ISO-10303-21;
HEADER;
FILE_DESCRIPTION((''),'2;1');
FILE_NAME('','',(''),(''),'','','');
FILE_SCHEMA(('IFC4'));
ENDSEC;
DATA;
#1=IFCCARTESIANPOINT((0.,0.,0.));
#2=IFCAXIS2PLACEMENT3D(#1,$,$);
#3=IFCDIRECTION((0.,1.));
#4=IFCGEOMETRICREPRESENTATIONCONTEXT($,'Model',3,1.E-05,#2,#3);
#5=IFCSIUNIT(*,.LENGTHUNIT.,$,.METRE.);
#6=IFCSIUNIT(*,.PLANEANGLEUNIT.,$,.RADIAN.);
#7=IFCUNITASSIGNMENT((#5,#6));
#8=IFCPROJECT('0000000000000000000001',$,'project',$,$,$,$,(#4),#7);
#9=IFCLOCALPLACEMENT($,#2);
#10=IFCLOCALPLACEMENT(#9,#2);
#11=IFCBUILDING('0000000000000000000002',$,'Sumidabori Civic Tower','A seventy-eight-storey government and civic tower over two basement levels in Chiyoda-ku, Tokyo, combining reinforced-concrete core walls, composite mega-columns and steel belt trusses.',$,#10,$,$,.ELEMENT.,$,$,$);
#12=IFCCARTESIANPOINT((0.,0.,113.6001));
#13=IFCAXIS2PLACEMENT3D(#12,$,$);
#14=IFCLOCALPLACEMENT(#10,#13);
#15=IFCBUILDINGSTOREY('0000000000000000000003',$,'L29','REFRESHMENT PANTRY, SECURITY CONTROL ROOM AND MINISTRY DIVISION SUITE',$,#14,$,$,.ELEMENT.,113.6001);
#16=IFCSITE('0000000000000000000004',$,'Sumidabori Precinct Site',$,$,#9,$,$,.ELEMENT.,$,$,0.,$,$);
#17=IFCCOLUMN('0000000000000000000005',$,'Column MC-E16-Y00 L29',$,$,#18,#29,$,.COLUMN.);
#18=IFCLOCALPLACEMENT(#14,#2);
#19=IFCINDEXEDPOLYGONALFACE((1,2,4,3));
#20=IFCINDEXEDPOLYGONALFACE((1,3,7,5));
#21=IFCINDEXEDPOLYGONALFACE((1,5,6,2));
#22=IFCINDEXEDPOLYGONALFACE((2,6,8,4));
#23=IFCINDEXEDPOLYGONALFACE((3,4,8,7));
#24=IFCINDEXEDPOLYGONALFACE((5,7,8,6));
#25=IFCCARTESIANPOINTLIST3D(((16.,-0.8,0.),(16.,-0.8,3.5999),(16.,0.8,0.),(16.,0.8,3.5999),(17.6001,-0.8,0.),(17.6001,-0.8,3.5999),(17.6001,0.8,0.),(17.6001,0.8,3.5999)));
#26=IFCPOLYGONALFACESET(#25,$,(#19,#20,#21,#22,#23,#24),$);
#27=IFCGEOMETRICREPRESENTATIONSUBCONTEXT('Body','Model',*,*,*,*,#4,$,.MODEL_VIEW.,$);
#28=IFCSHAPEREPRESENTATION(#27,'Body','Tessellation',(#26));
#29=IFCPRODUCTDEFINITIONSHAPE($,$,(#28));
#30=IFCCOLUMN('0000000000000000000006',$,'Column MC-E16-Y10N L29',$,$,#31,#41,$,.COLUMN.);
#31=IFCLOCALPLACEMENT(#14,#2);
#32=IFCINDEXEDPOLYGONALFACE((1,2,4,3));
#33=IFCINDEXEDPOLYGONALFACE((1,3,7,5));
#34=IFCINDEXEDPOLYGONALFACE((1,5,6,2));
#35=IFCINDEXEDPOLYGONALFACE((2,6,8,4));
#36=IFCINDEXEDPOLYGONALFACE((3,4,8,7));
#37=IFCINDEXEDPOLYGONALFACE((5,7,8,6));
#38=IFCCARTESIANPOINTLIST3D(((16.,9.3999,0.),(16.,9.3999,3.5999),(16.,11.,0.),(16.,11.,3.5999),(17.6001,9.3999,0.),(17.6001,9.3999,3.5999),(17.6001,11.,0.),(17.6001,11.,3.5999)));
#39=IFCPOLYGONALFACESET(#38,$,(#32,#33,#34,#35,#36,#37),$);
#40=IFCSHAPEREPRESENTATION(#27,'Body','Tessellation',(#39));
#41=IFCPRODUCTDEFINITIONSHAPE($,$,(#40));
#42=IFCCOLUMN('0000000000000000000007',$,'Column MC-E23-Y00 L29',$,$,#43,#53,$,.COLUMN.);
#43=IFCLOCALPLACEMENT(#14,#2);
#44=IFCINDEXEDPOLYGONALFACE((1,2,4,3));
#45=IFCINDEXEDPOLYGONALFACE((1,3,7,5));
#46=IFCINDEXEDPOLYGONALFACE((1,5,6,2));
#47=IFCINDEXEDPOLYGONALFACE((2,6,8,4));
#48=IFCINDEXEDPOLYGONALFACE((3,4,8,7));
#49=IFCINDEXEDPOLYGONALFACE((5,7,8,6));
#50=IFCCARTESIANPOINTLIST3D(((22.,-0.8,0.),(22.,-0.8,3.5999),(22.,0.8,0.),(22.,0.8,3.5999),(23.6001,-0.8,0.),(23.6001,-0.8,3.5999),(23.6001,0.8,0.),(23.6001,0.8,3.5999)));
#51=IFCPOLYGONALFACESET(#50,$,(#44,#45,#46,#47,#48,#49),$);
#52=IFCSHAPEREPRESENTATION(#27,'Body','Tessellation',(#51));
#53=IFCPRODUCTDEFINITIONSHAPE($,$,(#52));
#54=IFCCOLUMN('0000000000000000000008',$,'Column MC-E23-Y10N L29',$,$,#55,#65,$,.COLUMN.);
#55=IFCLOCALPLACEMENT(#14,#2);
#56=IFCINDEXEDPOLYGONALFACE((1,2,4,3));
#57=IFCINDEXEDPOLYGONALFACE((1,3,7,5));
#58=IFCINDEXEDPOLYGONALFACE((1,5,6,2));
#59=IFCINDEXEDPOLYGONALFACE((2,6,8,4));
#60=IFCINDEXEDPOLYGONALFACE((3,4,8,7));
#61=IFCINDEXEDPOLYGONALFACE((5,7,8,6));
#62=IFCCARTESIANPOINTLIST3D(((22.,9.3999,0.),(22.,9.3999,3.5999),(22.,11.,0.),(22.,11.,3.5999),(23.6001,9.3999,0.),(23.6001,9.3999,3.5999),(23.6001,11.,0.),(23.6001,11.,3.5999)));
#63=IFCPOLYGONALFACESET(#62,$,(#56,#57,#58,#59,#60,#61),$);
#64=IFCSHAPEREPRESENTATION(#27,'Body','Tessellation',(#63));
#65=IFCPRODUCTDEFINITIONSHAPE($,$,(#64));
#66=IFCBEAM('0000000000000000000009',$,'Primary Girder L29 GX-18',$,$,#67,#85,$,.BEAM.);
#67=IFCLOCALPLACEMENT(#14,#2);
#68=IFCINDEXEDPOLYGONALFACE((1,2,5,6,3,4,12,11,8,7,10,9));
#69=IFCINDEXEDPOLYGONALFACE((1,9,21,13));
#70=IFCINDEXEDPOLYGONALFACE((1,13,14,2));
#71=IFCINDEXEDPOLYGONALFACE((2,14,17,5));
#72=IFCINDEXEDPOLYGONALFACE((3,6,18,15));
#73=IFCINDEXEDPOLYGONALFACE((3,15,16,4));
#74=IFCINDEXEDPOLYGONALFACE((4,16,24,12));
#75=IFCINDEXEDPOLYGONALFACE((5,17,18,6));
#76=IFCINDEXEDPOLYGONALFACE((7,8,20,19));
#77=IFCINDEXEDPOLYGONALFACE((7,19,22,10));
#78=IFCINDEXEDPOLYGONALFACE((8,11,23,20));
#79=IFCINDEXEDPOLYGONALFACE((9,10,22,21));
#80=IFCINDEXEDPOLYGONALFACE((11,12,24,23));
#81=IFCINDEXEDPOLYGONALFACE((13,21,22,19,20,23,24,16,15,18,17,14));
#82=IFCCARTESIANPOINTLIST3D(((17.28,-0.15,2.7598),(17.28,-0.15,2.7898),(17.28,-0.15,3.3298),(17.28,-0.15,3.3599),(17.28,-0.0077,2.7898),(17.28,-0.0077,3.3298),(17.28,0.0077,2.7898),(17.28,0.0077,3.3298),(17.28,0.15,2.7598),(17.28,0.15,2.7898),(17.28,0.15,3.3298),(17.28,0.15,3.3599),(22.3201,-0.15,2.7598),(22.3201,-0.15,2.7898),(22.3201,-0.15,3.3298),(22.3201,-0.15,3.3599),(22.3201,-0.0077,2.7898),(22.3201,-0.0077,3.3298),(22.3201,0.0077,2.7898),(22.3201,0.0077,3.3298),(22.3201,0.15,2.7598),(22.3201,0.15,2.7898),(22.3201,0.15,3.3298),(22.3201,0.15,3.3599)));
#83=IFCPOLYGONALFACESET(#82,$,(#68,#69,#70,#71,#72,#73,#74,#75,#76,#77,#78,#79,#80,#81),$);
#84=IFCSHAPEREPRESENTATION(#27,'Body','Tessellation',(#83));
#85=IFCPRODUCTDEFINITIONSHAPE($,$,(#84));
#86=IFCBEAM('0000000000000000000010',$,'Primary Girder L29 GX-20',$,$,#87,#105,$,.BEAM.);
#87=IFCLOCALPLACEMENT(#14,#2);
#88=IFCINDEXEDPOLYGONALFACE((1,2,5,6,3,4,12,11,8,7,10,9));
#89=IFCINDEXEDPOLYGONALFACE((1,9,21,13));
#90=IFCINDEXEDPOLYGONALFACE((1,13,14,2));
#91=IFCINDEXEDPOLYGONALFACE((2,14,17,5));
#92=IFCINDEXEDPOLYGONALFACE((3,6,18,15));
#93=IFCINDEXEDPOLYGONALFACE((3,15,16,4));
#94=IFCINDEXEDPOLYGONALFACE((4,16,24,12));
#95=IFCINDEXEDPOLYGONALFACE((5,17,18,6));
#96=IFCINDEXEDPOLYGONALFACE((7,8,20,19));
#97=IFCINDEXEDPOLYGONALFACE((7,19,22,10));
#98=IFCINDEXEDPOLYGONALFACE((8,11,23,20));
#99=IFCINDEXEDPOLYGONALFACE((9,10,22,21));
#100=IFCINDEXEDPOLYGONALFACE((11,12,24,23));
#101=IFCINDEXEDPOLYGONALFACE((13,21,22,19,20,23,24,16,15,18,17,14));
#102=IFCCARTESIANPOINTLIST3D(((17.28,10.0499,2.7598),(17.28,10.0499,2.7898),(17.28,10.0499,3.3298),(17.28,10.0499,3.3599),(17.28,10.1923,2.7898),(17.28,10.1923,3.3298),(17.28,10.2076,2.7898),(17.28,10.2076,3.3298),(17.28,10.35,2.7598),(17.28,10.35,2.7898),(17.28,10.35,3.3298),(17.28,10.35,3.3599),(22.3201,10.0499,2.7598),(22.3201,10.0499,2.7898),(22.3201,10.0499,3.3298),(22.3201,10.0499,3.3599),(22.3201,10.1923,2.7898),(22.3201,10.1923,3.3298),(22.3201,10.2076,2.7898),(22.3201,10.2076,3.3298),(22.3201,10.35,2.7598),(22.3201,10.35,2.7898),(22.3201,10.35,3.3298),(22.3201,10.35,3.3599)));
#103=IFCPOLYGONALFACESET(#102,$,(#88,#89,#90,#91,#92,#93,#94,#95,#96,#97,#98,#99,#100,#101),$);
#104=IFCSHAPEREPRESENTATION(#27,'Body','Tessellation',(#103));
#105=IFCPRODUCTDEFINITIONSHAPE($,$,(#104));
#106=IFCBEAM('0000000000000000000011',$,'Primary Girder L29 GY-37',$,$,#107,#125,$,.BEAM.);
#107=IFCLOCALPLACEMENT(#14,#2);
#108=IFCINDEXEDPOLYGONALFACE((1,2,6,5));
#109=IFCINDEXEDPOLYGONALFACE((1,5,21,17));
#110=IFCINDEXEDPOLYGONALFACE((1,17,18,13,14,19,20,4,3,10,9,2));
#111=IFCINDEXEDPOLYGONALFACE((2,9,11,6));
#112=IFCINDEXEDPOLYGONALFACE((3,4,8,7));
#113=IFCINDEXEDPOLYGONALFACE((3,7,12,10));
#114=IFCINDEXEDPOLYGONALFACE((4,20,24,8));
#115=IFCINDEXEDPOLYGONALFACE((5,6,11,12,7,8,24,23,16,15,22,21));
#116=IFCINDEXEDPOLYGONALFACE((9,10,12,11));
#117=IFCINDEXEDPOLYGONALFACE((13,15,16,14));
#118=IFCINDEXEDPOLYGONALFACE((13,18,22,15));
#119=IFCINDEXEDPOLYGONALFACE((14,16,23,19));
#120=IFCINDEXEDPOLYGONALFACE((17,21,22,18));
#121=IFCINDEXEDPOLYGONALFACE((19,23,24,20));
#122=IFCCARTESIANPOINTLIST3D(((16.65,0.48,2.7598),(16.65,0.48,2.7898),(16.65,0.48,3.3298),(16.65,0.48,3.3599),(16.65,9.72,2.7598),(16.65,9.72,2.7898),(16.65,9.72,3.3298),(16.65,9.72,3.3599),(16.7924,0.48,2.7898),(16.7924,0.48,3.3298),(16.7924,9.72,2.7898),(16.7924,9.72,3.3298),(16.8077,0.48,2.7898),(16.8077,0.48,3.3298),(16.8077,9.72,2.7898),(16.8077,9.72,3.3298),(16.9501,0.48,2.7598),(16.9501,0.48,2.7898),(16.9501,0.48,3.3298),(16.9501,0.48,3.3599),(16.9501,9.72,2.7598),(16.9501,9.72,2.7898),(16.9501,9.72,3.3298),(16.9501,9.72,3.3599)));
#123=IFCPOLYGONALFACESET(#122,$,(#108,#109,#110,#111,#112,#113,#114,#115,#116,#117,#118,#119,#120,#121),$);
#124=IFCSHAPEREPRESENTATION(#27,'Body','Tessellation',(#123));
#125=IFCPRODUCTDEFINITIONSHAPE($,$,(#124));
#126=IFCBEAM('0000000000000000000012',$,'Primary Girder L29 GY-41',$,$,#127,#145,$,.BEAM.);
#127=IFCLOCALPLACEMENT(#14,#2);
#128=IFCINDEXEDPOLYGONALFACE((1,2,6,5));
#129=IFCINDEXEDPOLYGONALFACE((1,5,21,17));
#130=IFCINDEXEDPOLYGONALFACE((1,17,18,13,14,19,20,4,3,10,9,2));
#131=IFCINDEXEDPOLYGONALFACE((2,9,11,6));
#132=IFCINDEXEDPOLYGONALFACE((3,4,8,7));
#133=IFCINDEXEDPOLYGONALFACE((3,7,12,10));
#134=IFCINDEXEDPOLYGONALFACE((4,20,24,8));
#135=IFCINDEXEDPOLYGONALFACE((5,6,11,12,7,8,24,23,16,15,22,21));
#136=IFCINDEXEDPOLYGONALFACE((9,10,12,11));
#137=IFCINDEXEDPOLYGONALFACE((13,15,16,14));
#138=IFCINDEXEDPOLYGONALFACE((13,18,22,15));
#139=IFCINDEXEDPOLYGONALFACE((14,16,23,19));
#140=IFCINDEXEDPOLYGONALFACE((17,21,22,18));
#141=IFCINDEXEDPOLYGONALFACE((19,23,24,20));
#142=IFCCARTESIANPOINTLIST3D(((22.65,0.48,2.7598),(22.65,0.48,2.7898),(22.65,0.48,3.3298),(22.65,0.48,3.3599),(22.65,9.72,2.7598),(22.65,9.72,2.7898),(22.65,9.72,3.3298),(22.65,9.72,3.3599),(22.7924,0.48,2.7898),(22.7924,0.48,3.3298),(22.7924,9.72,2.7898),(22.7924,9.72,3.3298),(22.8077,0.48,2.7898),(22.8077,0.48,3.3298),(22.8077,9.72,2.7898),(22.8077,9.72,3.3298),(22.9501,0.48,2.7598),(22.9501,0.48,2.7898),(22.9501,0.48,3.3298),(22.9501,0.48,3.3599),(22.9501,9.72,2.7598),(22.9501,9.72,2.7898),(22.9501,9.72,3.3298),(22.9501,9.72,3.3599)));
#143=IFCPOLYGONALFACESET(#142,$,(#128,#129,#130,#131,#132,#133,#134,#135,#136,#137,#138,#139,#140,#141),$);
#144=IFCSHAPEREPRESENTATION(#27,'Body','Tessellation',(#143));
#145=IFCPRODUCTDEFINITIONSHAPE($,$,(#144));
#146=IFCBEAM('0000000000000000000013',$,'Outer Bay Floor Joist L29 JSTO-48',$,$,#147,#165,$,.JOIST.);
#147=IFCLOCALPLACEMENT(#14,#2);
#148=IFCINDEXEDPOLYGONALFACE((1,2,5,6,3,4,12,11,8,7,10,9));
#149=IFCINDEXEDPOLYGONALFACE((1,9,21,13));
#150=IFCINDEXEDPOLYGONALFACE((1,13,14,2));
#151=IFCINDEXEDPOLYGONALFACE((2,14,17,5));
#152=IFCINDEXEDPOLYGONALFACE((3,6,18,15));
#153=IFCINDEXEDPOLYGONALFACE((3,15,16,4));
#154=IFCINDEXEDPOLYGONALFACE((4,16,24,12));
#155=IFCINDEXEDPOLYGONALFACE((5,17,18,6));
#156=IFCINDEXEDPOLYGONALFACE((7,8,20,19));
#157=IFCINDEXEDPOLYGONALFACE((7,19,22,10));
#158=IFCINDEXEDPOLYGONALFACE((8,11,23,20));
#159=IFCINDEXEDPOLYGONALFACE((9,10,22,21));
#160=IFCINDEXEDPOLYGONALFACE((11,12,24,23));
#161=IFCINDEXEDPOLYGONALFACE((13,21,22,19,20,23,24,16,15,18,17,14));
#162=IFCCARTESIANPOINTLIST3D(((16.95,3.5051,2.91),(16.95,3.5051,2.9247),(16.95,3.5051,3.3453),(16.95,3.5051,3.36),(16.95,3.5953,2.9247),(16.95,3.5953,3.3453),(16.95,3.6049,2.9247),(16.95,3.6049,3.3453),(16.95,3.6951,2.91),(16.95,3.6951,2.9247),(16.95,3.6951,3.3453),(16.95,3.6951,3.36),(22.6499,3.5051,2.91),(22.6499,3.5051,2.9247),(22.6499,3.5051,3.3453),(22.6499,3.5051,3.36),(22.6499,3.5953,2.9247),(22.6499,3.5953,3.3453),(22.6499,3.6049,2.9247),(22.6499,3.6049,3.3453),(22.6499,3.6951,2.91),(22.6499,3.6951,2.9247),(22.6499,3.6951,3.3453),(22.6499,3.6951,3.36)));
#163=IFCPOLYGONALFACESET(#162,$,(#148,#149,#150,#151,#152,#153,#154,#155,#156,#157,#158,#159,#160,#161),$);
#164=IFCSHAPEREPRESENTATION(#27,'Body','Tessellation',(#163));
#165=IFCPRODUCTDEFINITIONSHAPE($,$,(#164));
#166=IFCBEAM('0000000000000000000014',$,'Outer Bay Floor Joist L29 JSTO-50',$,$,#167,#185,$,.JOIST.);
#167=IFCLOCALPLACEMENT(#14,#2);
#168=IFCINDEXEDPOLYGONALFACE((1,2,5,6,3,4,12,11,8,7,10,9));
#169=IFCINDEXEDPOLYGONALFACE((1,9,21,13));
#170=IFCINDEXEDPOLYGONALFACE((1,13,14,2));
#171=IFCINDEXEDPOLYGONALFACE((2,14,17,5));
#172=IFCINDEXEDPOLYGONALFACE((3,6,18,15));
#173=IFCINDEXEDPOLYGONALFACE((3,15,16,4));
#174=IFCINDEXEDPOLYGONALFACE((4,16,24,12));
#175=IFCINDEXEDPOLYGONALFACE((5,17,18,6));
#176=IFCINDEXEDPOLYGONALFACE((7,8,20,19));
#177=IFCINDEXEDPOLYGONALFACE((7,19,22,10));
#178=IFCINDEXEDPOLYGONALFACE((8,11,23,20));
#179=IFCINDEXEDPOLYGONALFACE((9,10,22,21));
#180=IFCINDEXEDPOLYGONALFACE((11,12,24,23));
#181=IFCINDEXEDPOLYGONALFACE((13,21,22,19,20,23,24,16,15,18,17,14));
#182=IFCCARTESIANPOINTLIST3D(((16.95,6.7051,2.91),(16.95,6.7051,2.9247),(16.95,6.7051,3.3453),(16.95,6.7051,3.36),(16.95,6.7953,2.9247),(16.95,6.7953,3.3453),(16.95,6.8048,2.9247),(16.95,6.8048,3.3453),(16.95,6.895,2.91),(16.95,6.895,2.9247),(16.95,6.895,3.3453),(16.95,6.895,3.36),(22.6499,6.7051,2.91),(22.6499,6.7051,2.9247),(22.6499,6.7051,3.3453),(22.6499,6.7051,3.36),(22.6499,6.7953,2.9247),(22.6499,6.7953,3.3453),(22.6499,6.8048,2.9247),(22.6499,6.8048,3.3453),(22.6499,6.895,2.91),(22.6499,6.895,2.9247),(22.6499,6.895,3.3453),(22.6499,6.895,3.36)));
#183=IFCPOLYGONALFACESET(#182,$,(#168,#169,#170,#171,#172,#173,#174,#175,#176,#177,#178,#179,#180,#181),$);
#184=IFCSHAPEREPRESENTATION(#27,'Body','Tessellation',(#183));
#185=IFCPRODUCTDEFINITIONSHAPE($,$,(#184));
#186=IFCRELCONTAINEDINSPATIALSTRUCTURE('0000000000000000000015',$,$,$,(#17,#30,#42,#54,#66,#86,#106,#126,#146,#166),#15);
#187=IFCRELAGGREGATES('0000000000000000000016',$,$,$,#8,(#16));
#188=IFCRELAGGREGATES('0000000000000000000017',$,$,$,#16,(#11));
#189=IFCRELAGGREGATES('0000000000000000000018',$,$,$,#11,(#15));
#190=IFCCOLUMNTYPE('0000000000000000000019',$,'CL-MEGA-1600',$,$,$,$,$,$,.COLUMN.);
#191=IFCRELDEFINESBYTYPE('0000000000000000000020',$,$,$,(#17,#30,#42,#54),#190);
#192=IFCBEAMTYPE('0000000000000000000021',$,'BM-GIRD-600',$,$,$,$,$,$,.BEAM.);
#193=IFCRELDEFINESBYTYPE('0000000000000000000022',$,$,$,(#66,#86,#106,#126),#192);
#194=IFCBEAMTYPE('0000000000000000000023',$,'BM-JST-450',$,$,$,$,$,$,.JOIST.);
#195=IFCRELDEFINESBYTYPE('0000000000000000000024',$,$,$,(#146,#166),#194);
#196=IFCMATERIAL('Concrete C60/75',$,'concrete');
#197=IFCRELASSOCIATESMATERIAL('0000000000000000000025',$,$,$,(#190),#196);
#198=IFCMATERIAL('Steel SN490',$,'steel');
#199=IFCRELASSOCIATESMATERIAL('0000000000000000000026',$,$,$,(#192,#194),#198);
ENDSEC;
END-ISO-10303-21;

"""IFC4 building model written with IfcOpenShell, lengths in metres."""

from ifc_helpers import new_model, si_unit, direction, frame, origin, origin_2d, place, context, subcontext, project, spatial, rectangle, i_section, extrude, source, transform, mapped, material, material_profile, profile_set, type_object, element, save


model = new_model("IFC4")

# Units and contexts
model_context = context("Model", 3, precision=1e-05, world=origin(), true_north=direction((0.0, 1.0)))
body_context = subcontext(model_context, "Body", "Model", "MODEL_VIEW")
ifc_project = project(units=[si_unit("LENGTHUNIT", "METRE"), si_unit("PLANEANGLEUNIT", "RADIAN")], contexts=[model_context])

# Site, building, storey
site_placement = place(None, origin())
site = spatial("IfcSite", under=ifc_project, at=site_placement, Name="Sumidabori Precinct Site", CompositionType="ELEMENT", RefElevation=0.0)
building_placement = place(site_placement, origin())
building = spatial("IfcBuilding", under=site, at=building_placement, Name="Sumidabori Civic Tower", Description="A seventy-eight-storey government and civic tower over two basement levels in Chiyoda-ku, Tokyo, combining reinforced-concrete core walls, composite mega-columns and steel belt trusses.", CompositionType="ELEMENT")
storey_placement = place(building_placement, frame((0.0, 0.0, 113.6001)))
storey = spatial("IfcBuildingStorey", under=building, at=storey_placement, Name="L29", Description="REFRESHMENT PANTRY, SECURITY CONTROL ROOM AND MINISTRY DIVISION SUITE", CompositionType="ELEMENT", Elevation=113.6001)

# Columns
ifc_material_1 = material(Name="Concrete C60/75", Category="concrete")
ifc_material_profile_1 = material_profile(ifc_material_1, rectangle(XDim=1.6001, YDim=1.6001, at=origin_2d()), Name="RC 1600x1600")
ifc_profile_set_1 = profile_set([ifc_material_profile_1], Name="Concrete C60/75")
column_type = type_object("IfcColumnType", Name="CL-MEGA-1600", PredefinedType="COLUMN", material=ifc_profile_set_1)
shared_shape_1 = source(origin(), body_context, "Body", "SweptSolid", [
    extrude(rectangle(XDim=1.6001, YDim=1.6001, at=origin_2d()), origin(), (0.0, 0.0, 1.0), 3.5999),
])
for number, where, z_axis, x_axis, name in (
    (1, (16.8, 0.0, 0.0), (0.0, 0.0, 1.0), (1.0, 0.0, 0.0), "Column MC-E16-Y00 L29"),
    (2, (16.8, 10.2, 0.0), (0.0, 0.0, 1.0), (1.0, 0.0, 0.0), "Column MC-E16-Y10N L29"),
    (3, (22.8, 0.0, 0.0), (0.0, 0.0, 1.0), (1.0, 0.0, 0.0), "Column MC-E23-Y00 L29"),
    (4, (22.8, 10.2, 0.0), (0.0, 0.0, 1.0), (1.0, 0.0, 0.0), "Column MC-E23-Y10N L29"),
):
    element("IfcColumn", number, at=place(storey_placement, frame(where, z_axis=z_axis, x_axis=x_axis)), inside=storey, type_object=column_type, Name=name, PredefinedType="COLUMN", context=body_context, shape_type="MappedRepresentation", body=[
        mapped(shared_shape_1, transform((0.0, 0.0, 0.0), x_axis=(1.0, 0.0, 0.0), y_axis=(0.0, 1.0, 0.0), z_axis=(0.0, 0.0, 1.0), scale=1.0)),
    ])

# Beams
ifc_material_2 = material(Name="Steel SN490", Category="steel")
ifc_material_profile_2 = material_profile(ifc_material_2, i_section(OverallWidth=0.3, OverallDepth=0.6001, WebThickness=0.0154, FlangeThickness=0.03, at=origin_2d()), Name="HE 600 B")
ifc_profile_set_2 = profile_set([ifc_material_profile_2], Name="Steel SN490")
beam_type_1 = type_object("IfcBeamType", Name="BM-GIRD-600", PredefinedType="BEAM", material=ifc_profile_set_2)
shared_shape_2 = source(origin(), body_context, "Body", "SweptSolid", [
    extrude(i_section(OverallWidth=0.3, OverallDepth=0.6001, WebThickness=0.0154, FlangeThickness=0.03, at=origin_2d()), origin(), (0.0, 0.0, 1.0), 5.04),
])
for number, where, z_axis, x_axis, name in (
    (5, (17.28, 0.0, 3.0598), (1.0, 0.0, 0.0), (0.0, 1.0, 0.0), "Primary Girder L29 GX-18"),
    (6, (17.28, 10.2, 3.0598), (1.0, 0.0, 0.0), (0.0, 1.0, 0.0), "Primary Girder L29 GX-20"),
):
    element("IfcBeam", number, at=place(storey_placement, frame(where, z_axis=z_axis, x_axis=x_axis)), inside=storey, type_object=beam_type_1, Name=name, PredefinedType="BEAM", context=body_context, shape_type="MappedRepresentation", body=[
        mapped(shared_shape_2, transform((0.0, 0.0, 0.0), x_axis=(1.0, 0.0, 0.0), y_axis=(0.0, 1.0, 0.0), z_axis=(0.0, 0.0, 1.0), scale=1.0)),
    ])
shared_shape_3 = source(origin(), body_context, "Body", "SweptSolid", [
    extrude(i_section(OverallWidth=0.3, OverallDepth=0.6001, WebThickness=0.0154, FlangeThickness=0.03, at=origin_2d()), origin(), (0.0, 0.0, 1.0), 9.24),
])
for number, where, z_axis, x_axis, name in (
    (7, (16.8, 0.48, 3.0598), (0.0, 1.0, 0.0), (-1.0, 0.0, 0.0), "Primary Girder L29 GY-37"),
    (8, (22.8, 0.48, 3.0598), (0.0, 1.0, 0.0), (-1.0, 0.0, 0.0), "Primary Girder L29 GY-41"),
):
    element("IfcBeam", number, at=place(storey_placement, frame(where, z_axis=z_axis, x_axis=x_axis)), inside=storey, type_object=beam_type_1, Name=name, PredefinedType="BEAM", context=body_context, shape_type="MappedRepresentation", body=[
        mapped(shared_shape_3, transform((0.0, 0.0, 0.0), x_axis=(1.0, 0.0, 0.0), y_axis=(0.0, 1.0, 0.0), z_axis=(0.0, 0.0, 1.0), scale=1.0)),
    ])
ifc_material_profile_3 = material_profile(ifc_material_2, i_section(OverallWidth=0.1899, OverallDepth=0.45, WebThickness=0.0095, FlangeThickness=0.0146, at=origin_2d()), Name="IPE 450")
ifc_profile_set_3 = profile_set([ifc_material_profile_3], Name="Steel SN490")
beam_type_2 = type_object("IfcBeamType", Name="BM-JST-450", PredefinedType="JOIST", material=ifc_profile_set_3)
shared_shape_4 = source(origin(), body_context, "Body", "SweptSolid", [
    extrude(i_section(OverallWidth=0.1899, OverallDepth=0.45, WebThickness=0.0095, FlangeThickness=0.0146, at=origin_2d()), origin(), (0.0, 0.0, 1.0), 5.7),
])
for number, where, z_axis, x_axis, name in (
    (9, (16.95, 3.6001, 3.135), (1.0, 0.0, 0.0), (0.0, 1.0, 0.0), "Outer Bay Floor Joist L29 JSTO-48"),
    (10, (16.95, 6.8, 3.135), (1.0, 0.0, 0.0), (0.0, 1.0, 0.0), "Outer Bay Floor Joist L29 JSTO-50"),
):
    element("IfcBeam", number, at=place(storey_placement, frame(where, z_axis=z_axis, x_axis=x_axis)), inside=storey, type_object=beam_type_2, Name=name, PredefinedType="JOIST", context=body_context, shape_type="MappedRepresentation", body=[
        mapped(shared_shape_4, transform((0.0, 0.0, 0.0), x_axis=(1.0, 0.0, 0.0), y_axis=(0.0, 1.0, 0.0), z_axis=(0.0, 0.0, 1.0), scale=1.0)),
    ])

save(model, "model.ifc")
